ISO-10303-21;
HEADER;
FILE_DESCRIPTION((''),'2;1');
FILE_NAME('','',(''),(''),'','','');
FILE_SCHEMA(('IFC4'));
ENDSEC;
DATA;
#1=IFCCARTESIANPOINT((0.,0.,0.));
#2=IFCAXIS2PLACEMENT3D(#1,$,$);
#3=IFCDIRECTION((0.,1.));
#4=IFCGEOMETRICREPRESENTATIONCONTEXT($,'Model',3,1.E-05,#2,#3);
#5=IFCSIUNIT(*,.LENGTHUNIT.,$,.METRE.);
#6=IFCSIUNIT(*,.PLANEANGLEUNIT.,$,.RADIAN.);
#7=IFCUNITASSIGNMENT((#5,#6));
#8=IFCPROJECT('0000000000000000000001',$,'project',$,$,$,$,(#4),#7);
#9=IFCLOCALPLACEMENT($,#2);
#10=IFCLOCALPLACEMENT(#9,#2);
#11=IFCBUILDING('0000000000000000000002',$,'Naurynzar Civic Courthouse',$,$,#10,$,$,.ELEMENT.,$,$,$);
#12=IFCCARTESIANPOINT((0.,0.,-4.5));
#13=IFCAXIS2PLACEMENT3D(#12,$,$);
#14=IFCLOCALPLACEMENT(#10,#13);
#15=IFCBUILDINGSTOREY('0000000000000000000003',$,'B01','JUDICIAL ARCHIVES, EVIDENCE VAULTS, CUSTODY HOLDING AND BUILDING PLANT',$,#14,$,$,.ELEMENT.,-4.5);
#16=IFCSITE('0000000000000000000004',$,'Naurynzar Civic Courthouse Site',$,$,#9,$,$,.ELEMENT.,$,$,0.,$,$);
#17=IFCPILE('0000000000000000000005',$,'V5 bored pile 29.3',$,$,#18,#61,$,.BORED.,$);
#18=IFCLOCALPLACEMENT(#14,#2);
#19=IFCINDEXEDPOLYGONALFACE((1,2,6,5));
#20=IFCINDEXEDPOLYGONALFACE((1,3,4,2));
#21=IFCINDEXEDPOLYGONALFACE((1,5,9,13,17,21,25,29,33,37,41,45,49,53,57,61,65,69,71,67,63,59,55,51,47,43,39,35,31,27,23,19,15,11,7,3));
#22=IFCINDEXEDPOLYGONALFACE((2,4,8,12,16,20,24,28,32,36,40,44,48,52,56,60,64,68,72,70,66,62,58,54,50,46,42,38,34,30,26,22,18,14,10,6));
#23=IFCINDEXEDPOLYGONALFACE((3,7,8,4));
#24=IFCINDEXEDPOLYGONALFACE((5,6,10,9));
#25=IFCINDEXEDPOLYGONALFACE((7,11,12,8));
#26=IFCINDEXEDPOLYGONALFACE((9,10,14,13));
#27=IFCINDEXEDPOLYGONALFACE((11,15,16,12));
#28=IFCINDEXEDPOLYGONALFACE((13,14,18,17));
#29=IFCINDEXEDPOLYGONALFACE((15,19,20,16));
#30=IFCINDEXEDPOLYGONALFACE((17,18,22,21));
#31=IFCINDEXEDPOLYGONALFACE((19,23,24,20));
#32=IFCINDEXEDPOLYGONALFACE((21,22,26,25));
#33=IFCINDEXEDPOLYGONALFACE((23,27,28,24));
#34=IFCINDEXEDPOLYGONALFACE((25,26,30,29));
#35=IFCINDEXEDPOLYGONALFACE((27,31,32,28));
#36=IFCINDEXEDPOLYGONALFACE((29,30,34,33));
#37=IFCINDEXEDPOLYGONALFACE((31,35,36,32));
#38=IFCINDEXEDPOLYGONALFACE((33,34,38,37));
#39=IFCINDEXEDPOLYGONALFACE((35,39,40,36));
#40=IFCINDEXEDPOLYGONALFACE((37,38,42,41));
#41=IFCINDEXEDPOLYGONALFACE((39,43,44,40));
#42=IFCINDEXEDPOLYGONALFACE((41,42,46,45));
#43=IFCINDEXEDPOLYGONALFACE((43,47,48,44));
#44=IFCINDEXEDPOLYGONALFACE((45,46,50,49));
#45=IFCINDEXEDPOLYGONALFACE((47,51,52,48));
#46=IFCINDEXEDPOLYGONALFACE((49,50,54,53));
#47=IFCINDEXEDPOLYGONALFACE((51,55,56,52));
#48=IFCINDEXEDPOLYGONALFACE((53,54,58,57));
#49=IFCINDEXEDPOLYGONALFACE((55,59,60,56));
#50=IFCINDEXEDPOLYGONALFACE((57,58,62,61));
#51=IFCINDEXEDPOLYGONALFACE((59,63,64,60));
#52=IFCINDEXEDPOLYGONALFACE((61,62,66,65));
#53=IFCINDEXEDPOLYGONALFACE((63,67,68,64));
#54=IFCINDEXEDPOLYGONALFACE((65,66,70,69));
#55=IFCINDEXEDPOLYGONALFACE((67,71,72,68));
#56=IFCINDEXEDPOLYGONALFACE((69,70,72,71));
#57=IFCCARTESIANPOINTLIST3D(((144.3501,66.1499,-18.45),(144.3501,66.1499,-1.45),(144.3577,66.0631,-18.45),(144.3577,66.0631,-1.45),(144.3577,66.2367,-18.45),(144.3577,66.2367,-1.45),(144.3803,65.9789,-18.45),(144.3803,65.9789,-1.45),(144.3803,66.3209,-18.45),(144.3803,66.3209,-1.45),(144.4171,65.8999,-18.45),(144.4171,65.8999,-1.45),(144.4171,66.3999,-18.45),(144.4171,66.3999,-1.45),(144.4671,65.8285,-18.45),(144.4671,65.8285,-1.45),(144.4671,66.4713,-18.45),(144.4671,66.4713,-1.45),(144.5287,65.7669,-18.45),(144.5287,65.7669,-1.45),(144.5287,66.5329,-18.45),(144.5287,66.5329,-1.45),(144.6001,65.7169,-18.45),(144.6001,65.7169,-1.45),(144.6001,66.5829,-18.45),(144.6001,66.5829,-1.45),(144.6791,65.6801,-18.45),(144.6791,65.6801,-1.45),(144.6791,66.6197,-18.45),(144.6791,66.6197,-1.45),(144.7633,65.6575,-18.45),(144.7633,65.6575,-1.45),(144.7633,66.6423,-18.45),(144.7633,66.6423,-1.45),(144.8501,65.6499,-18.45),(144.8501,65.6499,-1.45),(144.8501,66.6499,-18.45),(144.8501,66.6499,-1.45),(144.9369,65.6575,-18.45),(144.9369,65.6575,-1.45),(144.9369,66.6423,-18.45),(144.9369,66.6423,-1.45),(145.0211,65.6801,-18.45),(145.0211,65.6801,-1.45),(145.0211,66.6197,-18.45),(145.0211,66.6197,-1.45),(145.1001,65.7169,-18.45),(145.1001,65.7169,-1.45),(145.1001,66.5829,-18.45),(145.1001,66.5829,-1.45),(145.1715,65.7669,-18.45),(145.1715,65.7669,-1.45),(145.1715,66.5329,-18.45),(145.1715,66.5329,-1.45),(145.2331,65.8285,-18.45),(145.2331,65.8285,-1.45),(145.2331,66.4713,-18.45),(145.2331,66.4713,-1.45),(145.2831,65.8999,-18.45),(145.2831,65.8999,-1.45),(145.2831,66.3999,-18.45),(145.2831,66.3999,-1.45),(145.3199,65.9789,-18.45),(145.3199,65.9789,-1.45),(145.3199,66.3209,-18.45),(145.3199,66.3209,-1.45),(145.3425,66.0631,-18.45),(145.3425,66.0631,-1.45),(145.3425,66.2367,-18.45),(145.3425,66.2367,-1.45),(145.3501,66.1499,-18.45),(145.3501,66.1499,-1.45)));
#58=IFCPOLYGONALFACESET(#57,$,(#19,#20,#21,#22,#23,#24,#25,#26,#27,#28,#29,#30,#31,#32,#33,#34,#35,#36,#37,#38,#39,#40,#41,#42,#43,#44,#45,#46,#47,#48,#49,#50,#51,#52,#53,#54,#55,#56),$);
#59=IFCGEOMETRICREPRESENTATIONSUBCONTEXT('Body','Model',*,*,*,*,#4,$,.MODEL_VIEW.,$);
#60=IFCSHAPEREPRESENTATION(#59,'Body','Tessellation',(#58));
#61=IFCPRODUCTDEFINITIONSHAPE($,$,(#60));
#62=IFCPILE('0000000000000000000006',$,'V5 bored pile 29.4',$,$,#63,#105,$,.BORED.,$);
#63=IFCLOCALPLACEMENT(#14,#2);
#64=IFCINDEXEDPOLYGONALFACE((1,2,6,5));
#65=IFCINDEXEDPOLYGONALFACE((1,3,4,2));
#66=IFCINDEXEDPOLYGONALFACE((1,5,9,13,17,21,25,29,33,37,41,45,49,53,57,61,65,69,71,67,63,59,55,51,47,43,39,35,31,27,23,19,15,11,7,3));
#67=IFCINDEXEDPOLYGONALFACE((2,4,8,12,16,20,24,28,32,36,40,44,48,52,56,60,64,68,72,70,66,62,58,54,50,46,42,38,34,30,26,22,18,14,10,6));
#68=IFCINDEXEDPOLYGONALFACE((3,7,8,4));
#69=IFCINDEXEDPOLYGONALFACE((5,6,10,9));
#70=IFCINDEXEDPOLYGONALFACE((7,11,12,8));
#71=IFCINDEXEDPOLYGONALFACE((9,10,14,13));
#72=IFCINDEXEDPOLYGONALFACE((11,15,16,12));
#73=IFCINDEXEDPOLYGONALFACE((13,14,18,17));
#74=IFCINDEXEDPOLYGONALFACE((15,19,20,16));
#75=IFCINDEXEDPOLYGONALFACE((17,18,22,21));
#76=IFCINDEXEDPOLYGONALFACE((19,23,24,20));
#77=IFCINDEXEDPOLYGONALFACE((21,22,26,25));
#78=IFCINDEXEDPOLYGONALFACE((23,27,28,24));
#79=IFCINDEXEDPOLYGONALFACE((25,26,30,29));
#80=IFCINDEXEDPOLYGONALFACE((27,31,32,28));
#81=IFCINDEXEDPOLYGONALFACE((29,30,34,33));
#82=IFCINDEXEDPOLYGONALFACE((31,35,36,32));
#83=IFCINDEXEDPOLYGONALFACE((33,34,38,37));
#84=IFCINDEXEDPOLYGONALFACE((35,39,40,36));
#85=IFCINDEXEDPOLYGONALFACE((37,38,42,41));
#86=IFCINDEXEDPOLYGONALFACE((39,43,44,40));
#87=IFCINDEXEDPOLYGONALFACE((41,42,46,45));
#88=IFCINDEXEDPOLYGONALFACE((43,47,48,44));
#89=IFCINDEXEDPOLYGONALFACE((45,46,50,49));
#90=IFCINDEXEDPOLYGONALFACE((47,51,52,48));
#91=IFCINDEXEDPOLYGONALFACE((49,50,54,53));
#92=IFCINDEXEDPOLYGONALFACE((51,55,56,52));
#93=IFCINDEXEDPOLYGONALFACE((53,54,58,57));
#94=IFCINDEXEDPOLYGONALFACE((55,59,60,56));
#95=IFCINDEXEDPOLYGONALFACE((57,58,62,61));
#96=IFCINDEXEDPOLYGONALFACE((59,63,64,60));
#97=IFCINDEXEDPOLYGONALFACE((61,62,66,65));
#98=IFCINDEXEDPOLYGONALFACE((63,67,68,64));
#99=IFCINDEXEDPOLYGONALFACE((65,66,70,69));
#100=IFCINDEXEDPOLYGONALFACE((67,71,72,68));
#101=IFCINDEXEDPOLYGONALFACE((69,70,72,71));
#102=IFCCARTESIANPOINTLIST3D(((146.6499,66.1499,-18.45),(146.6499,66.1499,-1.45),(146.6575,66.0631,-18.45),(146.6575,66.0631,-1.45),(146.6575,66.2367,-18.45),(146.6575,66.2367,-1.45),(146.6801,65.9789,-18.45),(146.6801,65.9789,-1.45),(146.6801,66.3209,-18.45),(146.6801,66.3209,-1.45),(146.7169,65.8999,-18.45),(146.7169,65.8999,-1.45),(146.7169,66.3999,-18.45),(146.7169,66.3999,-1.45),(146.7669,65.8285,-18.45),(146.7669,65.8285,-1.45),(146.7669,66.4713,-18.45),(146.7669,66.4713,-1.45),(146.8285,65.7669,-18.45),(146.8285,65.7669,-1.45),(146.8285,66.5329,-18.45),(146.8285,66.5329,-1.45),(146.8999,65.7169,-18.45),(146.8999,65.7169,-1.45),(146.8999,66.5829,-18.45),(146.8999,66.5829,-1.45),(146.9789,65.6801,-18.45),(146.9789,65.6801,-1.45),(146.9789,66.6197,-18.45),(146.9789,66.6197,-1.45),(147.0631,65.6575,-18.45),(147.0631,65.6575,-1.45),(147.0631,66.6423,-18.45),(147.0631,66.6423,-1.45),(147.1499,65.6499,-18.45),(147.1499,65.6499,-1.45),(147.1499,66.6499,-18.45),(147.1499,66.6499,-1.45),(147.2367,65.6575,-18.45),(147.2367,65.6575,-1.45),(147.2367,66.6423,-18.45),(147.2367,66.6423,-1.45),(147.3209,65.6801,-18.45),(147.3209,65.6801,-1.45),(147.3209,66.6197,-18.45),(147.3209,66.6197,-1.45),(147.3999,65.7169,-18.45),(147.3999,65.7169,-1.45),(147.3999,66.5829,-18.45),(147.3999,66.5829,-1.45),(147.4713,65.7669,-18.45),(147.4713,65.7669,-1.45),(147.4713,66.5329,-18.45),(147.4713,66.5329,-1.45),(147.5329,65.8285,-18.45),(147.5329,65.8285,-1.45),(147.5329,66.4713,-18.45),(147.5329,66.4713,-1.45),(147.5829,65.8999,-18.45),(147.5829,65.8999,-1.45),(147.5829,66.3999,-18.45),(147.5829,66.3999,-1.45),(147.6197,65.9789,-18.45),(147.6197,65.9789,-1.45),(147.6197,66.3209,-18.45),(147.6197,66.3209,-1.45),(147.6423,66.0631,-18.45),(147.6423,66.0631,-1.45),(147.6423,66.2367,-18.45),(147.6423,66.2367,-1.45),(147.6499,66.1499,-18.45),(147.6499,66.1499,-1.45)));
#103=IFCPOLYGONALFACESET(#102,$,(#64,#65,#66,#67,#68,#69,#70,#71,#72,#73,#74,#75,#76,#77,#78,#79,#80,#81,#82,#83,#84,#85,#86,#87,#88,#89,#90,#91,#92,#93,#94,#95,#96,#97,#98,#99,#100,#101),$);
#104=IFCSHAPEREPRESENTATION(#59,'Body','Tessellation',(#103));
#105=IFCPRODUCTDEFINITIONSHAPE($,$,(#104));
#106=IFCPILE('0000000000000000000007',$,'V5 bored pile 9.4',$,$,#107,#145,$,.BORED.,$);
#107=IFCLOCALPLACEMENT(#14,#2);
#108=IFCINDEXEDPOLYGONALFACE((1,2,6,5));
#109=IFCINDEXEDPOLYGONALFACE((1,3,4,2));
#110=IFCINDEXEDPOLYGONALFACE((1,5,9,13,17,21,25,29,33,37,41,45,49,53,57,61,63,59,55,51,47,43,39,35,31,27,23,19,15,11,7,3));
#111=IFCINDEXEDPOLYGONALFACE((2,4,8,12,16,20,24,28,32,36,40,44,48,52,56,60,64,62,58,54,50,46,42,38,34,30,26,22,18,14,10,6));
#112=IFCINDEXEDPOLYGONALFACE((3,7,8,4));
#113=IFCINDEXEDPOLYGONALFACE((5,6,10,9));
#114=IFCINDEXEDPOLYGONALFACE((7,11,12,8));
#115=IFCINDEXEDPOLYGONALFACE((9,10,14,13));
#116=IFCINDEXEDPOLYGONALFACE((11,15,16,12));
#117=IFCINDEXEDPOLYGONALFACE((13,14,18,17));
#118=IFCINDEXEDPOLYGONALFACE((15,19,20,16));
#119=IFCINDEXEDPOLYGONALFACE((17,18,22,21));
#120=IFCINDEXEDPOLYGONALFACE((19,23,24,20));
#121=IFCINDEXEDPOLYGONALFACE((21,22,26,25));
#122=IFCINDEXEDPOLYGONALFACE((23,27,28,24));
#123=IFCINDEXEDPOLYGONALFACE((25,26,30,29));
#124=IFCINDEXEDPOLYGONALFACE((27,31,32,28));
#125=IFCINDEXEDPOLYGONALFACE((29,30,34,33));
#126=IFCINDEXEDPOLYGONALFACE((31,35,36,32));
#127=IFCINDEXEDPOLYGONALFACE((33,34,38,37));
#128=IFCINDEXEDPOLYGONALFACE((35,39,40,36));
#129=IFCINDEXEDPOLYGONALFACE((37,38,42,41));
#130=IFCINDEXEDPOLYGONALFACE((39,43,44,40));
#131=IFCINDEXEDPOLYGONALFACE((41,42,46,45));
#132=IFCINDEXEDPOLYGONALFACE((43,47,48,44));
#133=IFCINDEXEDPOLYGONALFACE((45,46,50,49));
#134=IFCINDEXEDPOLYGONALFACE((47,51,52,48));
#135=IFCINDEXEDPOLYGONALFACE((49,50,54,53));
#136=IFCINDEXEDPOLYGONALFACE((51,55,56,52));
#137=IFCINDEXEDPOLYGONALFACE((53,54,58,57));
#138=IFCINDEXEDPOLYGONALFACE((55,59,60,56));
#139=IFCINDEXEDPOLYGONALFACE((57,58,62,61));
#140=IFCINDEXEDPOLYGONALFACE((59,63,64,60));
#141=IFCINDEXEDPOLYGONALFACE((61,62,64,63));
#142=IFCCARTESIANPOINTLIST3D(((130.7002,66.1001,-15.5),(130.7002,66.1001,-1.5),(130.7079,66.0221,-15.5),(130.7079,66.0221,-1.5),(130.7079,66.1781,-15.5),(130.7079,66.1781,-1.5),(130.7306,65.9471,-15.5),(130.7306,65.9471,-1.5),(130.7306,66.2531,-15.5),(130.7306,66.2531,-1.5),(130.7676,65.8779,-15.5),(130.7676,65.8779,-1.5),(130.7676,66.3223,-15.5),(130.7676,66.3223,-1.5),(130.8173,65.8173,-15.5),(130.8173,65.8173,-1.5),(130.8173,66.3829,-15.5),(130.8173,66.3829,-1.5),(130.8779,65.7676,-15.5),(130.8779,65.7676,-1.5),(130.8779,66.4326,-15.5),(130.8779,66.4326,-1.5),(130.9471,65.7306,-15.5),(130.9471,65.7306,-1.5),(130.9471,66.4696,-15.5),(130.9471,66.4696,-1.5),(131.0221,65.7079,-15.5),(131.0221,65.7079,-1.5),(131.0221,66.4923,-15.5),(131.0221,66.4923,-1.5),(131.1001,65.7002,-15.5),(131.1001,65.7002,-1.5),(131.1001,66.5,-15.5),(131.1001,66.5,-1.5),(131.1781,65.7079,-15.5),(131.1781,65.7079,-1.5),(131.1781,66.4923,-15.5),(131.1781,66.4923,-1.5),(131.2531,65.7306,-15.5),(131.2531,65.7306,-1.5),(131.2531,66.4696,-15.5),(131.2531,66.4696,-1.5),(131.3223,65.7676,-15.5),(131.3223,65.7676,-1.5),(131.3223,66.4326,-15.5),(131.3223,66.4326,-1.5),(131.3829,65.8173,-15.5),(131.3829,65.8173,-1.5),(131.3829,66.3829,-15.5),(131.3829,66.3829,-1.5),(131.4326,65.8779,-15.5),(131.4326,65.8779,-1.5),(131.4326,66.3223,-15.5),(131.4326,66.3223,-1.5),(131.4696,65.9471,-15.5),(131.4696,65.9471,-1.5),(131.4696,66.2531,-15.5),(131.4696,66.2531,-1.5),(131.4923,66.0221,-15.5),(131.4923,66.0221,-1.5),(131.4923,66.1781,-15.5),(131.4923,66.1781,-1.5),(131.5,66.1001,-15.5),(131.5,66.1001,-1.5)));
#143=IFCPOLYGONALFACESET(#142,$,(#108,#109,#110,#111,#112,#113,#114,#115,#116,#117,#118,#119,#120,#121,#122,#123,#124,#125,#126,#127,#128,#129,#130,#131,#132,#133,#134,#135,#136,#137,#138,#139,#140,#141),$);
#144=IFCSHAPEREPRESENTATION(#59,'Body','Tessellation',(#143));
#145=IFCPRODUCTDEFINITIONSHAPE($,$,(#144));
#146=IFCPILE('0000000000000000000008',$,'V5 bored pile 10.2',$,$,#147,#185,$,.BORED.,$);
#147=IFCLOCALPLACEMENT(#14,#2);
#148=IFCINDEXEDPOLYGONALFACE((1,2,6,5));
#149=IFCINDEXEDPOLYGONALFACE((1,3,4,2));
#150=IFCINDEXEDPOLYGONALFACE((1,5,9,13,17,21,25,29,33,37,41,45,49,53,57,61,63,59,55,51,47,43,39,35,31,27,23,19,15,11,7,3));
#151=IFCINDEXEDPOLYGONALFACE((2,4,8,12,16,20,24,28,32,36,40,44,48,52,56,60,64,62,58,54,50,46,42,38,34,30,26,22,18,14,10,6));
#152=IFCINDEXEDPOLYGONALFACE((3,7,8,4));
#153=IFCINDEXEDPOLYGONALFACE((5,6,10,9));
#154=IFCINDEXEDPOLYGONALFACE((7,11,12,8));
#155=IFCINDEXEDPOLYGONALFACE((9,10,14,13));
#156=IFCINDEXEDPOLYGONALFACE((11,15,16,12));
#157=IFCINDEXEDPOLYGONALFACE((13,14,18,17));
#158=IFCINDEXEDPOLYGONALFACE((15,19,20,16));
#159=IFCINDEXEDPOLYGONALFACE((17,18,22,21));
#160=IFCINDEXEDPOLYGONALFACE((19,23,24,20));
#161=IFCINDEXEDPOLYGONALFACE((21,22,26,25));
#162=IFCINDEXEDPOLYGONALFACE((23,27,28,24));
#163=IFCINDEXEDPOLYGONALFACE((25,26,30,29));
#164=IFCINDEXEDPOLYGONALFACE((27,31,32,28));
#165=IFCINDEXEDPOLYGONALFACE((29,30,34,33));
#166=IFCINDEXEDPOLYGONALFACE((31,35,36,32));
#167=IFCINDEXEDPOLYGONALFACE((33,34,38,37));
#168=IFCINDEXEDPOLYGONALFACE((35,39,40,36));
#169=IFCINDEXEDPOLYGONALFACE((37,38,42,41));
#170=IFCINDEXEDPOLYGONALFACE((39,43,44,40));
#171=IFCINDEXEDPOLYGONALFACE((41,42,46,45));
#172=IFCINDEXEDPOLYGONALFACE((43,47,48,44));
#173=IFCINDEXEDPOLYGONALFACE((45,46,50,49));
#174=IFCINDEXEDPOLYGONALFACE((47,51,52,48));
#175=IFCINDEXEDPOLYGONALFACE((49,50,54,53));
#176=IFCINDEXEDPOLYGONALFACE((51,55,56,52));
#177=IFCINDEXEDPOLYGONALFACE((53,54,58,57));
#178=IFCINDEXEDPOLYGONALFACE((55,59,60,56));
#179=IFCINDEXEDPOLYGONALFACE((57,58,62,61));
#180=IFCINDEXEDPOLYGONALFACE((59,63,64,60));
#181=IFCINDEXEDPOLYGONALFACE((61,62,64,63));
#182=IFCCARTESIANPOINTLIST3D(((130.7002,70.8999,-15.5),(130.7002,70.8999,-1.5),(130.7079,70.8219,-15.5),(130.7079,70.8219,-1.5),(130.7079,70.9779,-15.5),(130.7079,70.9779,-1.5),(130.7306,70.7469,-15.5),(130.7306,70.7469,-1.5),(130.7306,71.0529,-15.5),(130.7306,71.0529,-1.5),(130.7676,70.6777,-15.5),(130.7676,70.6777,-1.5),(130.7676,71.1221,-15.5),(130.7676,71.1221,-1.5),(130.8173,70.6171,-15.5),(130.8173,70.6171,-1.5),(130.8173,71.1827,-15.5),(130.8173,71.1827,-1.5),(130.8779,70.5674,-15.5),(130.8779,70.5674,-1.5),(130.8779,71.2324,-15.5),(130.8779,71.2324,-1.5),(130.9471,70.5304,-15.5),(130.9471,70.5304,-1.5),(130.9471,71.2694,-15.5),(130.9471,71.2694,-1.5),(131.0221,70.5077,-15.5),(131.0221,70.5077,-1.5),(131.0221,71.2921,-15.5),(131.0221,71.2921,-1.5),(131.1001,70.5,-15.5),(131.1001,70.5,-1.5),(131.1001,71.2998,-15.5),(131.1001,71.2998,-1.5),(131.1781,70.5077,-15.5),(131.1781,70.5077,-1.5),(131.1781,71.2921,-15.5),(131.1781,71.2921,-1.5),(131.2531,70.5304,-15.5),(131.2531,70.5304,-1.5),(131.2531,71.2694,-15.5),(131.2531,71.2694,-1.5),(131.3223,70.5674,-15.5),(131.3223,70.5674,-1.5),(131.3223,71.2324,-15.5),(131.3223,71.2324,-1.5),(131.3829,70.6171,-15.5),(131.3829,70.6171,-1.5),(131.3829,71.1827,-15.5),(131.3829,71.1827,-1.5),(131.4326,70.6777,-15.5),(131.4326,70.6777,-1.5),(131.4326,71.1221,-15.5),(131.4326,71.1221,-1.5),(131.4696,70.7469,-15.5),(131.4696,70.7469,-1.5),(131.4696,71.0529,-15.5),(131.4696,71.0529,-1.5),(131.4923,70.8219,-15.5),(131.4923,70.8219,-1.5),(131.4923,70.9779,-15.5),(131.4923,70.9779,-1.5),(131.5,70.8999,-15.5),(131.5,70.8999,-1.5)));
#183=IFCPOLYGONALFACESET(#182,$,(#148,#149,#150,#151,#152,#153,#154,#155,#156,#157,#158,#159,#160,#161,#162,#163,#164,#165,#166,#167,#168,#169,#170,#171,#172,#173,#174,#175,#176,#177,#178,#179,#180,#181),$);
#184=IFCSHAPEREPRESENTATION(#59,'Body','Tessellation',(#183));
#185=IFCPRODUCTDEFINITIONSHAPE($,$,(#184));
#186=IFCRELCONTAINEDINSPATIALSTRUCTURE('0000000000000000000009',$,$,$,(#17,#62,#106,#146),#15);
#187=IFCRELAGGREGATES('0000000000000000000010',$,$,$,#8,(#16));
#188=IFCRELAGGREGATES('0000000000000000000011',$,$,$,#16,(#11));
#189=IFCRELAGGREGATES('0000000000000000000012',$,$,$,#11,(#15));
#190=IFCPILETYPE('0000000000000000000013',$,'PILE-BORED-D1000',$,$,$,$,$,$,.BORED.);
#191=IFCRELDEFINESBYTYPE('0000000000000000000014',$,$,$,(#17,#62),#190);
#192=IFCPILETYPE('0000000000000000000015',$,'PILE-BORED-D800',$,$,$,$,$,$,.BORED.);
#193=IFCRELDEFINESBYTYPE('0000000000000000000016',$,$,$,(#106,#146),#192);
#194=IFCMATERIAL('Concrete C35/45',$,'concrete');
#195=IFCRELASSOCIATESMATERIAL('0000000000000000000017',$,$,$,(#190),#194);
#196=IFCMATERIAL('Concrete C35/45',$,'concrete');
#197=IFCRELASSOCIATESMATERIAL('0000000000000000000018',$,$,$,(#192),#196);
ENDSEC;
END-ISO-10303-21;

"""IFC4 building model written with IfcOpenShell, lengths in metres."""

from ifc_helpers import new_model, si_unit, direction, frame, origin, origin_2d, place, context, subcontext, project, spatial, circle, extrude, material, material_profile, profile_set, type_object, element, save


model = new_model("IFC4")

# Units and contexts
model_context = context("Model", 3, precision=1e-05, world=origin(), true_north=direction((0.0, 1.0)))
body_context = subcontext(model_context, "Body", "Model", "MODEL_VIEW")
ifc_project = project(units=[si_unit("LENGTHUNIT", "METRE"), si_unit("PLANEANGLEUNIT", "RADIAN")], contexts=[model_context])

# Site, building, storey
site_placement = place(None, origin())
site = spatial("IfcSite", under=ifc_project, at=site_placement, Name="Naurynzar Civic Courthouse Site", CompositionType="ELEMENT", RefElevation=0.0)
building_placement = place(site_placement, origin())
building = spatial("IfcBuilding", under=site, at=building_placement, Name="Naurynzar Civic Courthouse", CompositionType="ELEMENT")
storey_placement = place(building_placement, frame((0.0, 0.0, -4.5)))
storey = spatial("IfcBuildingStorey", under=building, at=storey_placement, Name="B01", Description="JUDICIAL ARCHIVES, EVIDENCE VAULTS, CUSTODY HOLDING AND BUILDING PLANT", CompositionType="ELEMENT", Elevation=-4.5)

# Piles
ifc_material_1 = material(Name="Concrete C35/45", Category="concrete")
ifc_material_profile_1 = material_profile(ifc_material_1, circle(Radius=0.5, at=origin_2d()), Name="PILE D1000")
ifc_profile_set_1 = profile_set([ifc_material_profile_1], Name="Concrete C35/45")
pile_type_1 = type_object("IfcPileType", Name="PILE-BORED-D1000", PredefinedType="BORED", material=ifc_profile_set_1)
for number, where, z_axis, x_axis, name in (
    (1, (144.8501, 66.1499, -1.45), (0.0, 0.0, -1.0), (1.0, 0.0, 0.0), "V5 bored pile 29.3"),
    (2, (147.1499, 66.1499, -1.45), (0.0, 0.0, -1.0), (1.0, 0.0, 0.0), "V5 bored pile 29.4"),
):
    element("IfcPile", number, at=place(storey_placement, frame(where, z_axis=z_axis, x_axis=x_axis)), inside=storey, type_object=pile_type_1, Name=name, PredefinedType="BORED", context=body_context, shape_type="SweptSolid", body=[
        extrude(circle(Radius=0.5, at=origin_2d()), origin(), (0.0, 0.0, 1.0), 17.0),
    ])
ifc_material_2 = material(Name="Concrete C35/45", Category="concrete")
ifc_material_profile_2 = material_profile(ifc_material_2, circle(Radius=0.3999, at=origin_2d()), Name="PILE D800")
ifc_profile_set_2 = profile_set([ifc_material_profile_2], Name="Concrete C35/45")
pile_type_2 = type_object("IfcPileType", Name="PILE-BORED-D800", PredefinedType="BORED", material=ifc_profile_set_2)
for number, where, z_axis, x_axis, name in (
    (3, (131.1001, 66.1001, -1.5), (0.0, 0.0, -1.0), (1.0, 0.0, 0.0), "V5 bored pile 9.4"),
    (4, (131.1001, 70.8999, -1.5), (0.0, 0.0, -1.0), (1.0, 0.0, 0.0), "V5 bored pile 10.2"),
):
    element("IfcPile", number, at=place(storey_placement, frame(where, z_axis=z_axis, x_axis=x_axis)), inside=storey, type_object=pile_type_2, Name=name, PredefinedType="BORED", context=body_context, shape_type="SweptSolid", body=[
        extrude(circle(Radius=0.3999, at=origin_2d()), origin(), (0.0, 0.0, 1.0), 14.0),
    ])

save(model, "model.ifc")
